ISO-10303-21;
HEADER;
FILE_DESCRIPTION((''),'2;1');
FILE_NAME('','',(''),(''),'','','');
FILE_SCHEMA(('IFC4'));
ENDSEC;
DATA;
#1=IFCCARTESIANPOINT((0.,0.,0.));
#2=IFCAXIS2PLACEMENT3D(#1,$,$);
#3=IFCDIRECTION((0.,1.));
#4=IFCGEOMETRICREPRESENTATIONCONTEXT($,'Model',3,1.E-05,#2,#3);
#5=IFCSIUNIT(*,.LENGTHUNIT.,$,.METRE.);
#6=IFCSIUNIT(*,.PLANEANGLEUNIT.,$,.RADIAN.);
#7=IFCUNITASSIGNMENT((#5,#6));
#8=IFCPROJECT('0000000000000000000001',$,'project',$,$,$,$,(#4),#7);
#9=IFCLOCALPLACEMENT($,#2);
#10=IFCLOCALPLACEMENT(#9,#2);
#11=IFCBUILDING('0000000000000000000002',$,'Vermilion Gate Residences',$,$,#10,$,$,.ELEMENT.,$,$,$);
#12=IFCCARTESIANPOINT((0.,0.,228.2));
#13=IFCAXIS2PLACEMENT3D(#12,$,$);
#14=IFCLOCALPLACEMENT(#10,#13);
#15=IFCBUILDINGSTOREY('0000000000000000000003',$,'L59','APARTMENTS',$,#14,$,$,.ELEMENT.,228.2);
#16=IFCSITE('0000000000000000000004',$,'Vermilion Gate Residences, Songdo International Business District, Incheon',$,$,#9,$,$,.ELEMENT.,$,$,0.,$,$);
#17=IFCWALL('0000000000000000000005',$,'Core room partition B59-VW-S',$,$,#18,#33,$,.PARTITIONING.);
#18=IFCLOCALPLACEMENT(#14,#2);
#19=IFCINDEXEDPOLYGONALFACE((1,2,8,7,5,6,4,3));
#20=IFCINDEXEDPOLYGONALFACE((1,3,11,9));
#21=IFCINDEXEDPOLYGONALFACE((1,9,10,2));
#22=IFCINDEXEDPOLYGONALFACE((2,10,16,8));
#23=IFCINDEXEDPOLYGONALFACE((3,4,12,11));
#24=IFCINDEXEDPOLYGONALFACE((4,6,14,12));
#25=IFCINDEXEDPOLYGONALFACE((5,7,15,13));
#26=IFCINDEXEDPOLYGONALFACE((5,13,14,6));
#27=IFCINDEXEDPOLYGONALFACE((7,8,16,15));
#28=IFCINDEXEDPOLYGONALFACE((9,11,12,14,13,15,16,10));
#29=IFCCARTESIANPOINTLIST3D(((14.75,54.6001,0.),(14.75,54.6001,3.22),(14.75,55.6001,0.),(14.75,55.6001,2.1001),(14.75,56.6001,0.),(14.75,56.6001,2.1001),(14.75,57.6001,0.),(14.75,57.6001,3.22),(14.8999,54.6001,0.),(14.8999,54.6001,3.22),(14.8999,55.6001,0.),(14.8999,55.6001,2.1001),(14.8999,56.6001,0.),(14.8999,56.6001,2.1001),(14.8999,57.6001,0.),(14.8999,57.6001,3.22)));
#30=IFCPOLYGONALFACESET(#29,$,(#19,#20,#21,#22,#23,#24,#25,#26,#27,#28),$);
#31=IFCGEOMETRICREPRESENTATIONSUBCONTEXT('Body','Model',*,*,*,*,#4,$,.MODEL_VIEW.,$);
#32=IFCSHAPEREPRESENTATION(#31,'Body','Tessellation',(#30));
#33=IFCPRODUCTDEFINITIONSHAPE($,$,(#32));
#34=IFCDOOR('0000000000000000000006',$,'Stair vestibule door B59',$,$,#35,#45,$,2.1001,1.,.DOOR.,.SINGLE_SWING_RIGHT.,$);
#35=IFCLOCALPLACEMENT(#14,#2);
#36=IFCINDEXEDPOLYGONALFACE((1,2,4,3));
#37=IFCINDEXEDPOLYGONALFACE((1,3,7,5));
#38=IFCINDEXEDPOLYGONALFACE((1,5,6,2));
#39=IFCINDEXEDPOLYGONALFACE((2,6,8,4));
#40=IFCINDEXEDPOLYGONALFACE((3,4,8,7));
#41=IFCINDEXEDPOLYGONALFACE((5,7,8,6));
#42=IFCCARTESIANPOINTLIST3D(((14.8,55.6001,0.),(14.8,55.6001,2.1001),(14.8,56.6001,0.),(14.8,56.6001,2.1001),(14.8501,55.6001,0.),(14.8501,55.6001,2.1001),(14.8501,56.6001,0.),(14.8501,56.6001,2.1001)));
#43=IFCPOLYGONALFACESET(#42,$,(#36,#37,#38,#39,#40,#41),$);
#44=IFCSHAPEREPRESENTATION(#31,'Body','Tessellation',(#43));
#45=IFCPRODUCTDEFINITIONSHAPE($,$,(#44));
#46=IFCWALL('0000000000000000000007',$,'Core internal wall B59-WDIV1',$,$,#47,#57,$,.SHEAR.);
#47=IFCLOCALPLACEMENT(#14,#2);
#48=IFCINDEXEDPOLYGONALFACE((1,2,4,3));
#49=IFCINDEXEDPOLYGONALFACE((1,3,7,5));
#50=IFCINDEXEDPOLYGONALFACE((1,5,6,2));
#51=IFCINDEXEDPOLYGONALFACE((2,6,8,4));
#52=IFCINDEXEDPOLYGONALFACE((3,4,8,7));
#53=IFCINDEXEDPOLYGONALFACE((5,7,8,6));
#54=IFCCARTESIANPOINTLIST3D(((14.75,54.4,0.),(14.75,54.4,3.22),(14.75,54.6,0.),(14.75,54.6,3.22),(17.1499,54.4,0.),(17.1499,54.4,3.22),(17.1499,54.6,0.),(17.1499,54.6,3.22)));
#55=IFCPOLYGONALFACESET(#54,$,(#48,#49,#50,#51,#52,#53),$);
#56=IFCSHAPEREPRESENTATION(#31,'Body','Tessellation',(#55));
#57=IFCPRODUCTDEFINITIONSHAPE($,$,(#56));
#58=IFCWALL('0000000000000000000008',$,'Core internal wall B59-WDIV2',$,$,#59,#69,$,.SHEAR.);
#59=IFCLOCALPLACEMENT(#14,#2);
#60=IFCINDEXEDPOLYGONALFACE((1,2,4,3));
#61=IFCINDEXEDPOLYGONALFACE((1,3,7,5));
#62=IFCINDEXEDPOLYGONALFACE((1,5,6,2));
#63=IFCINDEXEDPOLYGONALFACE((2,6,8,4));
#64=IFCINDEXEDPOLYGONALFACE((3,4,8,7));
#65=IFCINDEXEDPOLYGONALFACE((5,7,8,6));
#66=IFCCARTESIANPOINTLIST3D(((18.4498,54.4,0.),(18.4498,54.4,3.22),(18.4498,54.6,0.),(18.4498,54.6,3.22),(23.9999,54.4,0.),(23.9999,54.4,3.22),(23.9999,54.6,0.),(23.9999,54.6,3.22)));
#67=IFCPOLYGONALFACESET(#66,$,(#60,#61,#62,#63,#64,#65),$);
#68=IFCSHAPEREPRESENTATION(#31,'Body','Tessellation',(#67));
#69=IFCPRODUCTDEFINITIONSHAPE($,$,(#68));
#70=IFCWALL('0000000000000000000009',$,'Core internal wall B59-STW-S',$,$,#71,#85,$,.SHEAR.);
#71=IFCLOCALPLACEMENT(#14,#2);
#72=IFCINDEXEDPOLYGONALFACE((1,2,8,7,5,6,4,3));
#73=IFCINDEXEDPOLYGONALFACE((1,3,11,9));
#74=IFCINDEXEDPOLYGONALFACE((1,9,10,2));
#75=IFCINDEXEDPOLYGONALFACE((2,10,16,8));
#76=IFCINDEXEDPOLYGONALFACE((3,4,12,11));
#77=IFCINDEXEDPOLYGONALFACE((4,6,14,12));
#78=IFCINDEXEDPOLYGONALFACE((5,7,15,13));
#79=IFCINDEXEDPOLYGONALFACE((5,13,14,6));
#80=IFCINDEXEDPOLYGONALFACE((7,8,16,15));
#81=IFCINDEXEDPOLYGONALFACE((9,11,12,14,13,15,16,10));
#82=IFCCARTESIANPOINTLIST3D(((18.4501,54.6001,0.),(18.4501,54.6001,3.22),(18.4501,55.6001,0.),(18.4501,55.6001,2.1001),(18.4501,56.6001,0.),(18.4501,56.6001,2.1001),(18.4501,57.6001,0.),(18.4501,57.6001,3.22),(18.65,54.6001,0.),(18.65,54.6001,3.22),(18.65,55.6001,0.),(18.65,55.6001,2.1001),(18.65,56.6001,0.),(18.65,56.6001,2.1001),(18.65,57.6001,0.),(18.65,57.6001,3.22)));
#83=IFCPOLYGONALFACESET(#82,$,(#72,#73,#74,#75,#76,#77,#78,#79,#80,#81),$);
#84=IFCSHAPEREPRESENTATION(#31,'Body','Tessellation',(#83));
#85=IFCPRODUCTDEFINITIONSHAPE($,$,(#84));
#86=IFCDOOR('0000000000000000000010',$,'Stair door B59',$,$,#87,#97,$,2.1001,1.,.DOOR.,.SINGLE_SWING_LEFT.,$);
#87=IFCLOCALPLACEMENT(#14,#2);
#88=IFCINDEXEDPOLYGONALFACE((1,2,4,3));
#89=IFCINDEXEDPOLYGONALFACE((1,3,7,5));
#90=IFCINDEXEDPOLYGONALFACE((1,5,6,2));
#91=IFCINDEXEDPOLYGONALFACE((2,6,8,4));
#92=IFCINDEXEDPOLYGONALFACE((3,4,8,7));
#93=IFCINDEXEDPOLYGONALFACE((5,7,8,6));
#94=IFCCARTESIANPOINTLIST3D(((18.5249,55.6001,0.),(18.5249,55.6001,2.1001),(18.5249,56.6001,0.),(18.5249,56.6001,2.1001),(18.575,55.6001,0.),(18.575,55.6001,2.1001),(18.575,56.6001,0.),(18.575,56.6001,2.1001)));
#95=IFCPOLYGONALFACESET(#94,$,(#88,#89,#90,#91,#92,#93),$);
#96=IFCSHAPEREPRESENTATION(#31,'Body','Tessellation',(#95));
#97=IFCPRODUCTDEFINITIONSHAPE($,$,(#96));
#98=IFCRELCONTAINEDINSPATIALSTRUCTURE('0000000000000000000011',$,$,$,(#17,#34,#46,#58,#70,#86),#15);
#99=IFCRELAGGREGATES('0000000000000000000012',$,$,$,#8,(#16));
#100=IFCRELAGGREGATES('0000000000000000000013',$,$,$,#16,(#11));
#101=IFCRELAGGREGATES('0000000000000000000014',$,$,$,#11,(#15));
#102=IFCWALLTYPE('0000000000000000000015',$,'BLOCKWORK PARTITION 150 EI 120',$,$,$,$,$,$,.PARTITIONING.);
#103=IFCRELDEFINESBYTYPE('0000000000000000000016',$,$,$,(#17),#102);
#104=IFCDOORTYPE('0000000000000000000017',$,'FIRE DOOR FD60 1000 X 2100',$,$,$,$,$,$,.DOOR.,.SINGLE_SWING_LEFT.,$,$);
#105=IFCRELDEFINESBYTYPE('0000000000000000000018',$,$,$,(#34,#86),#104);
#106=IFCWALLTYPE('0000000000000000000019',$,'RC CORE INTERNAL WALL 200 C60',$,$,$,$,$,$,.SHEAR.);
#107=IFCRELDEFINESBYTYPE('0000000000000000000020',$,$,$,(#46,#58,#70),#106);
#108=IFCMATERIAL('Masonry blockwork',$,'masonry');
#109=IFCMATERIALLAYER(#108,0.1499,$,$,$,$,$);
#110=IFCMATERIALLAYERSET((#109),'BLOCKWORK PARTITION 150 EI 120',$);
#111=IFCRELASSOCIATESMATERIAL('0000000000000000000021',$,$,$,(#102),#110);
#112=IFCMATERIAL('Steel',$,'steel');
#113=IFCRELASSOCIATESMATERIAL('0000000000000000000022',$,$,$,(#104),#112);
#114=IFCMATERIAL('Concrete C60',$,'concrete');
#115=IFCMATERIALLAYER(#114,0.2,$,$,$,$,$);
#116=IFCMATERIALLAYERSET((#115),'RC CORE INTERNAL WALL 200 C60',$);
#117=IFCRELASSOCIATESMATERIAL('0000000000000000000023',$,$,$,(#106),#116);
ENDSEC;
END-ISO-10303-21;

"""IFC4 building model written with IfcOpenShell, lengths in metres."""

from ifc_helpers import new_model, si_unit, direction, frame, frame_2d, origin, place, context, subcontext, project, spatial, rectangle, extrude, material, layer, layer_set, type_object, element, fill, save


model = new_model("IFC4")

# Units and contexts
model_context = context("Model", 3, precision=1e-05, world=origin(), true_north=direction((0.0, 1.0)))
body_context = subcontext(model_context, "Body", "Model", "MODEL_VIEW")
ifc_project = project(units=[si_unit("LENGTHUNIT", "METRE"), si_unit("PLANEANGLEUNIT", "RADIAN")], contexts=[model_context])

# Site, building, storey
site_placement = place(None, origin())
site = spatial("IfcSite", under=ifc_project, at=site_placement, Name="Vermilion Gate Residences, Songdo International Business District, Incheon", CompositionType="ELEMENT", RefElevation=0.0)
building_placement = place(site_placement, origin())
building = spatial("IfcBuilding", under=site, at=building_placement, Name="Vermilion Gate Residences", CompositionType="ELEMENT")
storey_placement = place(building_placement, frame((0.0, 0.0, 228.2)))
storey = spatial("IfcBuildingStorey", under=building, at=storey_placement, Name="L59", Description="APARTMENTS", CompositionType="ELEMENT", Elevation=228.2)

# Wall, opening, door
ifc_material_1 = material(Name="Masonry blockwork", Category="masonry")
ifc_layer_1 = layer(ifc_material_1, 0.1499)
ifc_layer_set_1 = layer_set([ifc_layer_1], Name="BLOCKWORK PARTITION 150 EI 120")
wall_type_1 = type_object("IfcWallType", Name="BLOCKWORK PARTITION 150 EI 120", PredefinedType="PARTITIONING", material=ifc_layer_set_1)
wall_1_placement = place(storey_placement, frame((14.825, 57.6001, 0.0), z_axis=(0.0, 0.0, 1.0), x_axis=(0.0, -1.0, 0.0)))
wall_1 = element("IfcWall", 1, at=wall_1_placement, inside=storey, type_object=wall_type_1, Name="Core room partition B59-VW-S", PredefinedType="PARTITIONING", context=body_context, shape_type="SweptSolid", body=[
    extrude(rectangle(XDim=3.0, YDim=0.1499, at=frame_2d((1.5, 0.0))), origin(), (0.0, 0.0, 1.0), 3.22),
])
opening_1_placement = place(wall_1_placement, frame((1.0, 0.0, 0.0)))
opening_1 = element("IfcOpeningElement", 2, at=opening_1_placement, cuts=wall_1, PredefinedType="OPENING", context=body_context, shape_type="SweptSolid", body=[
    extrude(rectangle(XDim=1.0, YDim=2.1001, at=frame_2d((0.5, 1.05))), frame((0.0, 0.085, 0.0), z_axis=(0.0, -1.0, 0.0), x_axis=(1.0, 0.0, 0.0)), (0.0, 0.0, 1.0), 0.1699),
])
ifc_material_2 = material(Name="Steel", Category="steel")
door_type = type_object("IfcDoorType", Name="FIRE DOOR FD60 1000 X 2100", OperationType="SINGLE_SWING_LEFT", PredefinedType="DOOR", material=ifc_material_2)
door_1_placement = place(opening_1_placement, frame((1.0, 0.0, 0.0), z_axis=(0.0, 0.0, 1.0), x_axis=(-1.0, 0.0, 0.0)))
door_1 = element("IfcDoor", 3, at=door_1_placement, inside=storey, type_object=door_type, Name="Stair vestibule door B59", OperationType="SINGLE_SWING_RIGHT", OverallHeight=2.1001, OverallWidth=1.0, PredefinedType="DOOR", context=body_context, shape_type="SweptSolid", body=[
    extrude(rectangle(XDim=1.0, YDim=2.1001, at=frame_2d((0.5, 1.05))), frame((0.0, 0.0249, 0.0), z_axis=(0.0, -1.0, 0.0), x_axis=(1.0, 0.0, 0.0)), (0.0, 0.0, 1.0), 0.05),
])
fill(opening_1, door_1)

# Walls
ifc_material_3 = material(Name="Concrete C60", Category="concrete")
ifc_layer_2 = layer(ifc_material_3, 0.2)
ifc_layer_set_2 = layer_set([ifc_layer_2], Name="RC CORE INTERNAL WALL 200 C60")
wall_type_2 = type_object("IfcWallType", Name="RC CORE INTERNAL WALL 200 C60", PredefinedType="SHEAR", material=ifc_layer_set_2)
wall_2_placement = place(storey_placement, frame((14.75, 54.5, 0.0), z_axis=(0.0, 0.0, 1.0), x_axis=(1.0, 0.0, 0.0)))
element("IfcWall", 4, at=wall_2_placement, inside=storey, type_object=wall_type_2, Name="Core internal wall B59-WDIV1", PredefinedType="SHEAR", context=body_context, shape_type="SweptSolid", body=[
    extrude(rectangle(XDim=2.3999, YDim=0.2, at=frame_2d((1.2, 0.0))), origin(), (0.0, 0.0, 1.0), 3.22),
])
wall_3_placement = place(storey_placement, frame((18.45, 54.5, 0.0), z_axis=(0.0, 0.0, 1.0), x_axis=(1.0, 0.0, 0.0)))
element("IfcWall", 5, at=wall_3_placement, inside=storey, type_object=wall_type_2, Name="Core internal wall B59-WDIV2", PredefinedType="SHEAR", context=body_context, shape_type="SweptSolid", body=[
    extrude(rectangle(XDim=5.55, YDim=0.2, at=frame_2d((2.7749, 0.0))), origin(), (0.0, 0.0, 1.0), 3.22),
])

# Wall, opening, door
wall_4_placement = place(storey_placement, frame((18.55, 57.6001, 0.0), z_axis=(0.0, 0.0, 1.0), x_axis=(0.0, -1.0, 0.0)))
wall_4 = element("IfcWall", 6, at=wall_4_placement, inside=storey, type_object=wall_type_2, Name="Core internal wall B59-STW-S", PredefinedType="SHEAR", context=body_context, shape_type="SweptSolid", body=[
    extrude(rectangle(XDim=3.0, YDim=0.2, at=frame_2d((1.5, 0.0))), origin(), (0.0, 0.0, 1.0), 3.22),
])
opening_2_placement = place(wall_4_placement, frame((1.0, 0.0, 0.0)))
opening_2 = element("IfcOpeningElement", 7, at=opening_2_placement, cuts=wall_4, PredefinedType="OPENING", context=body_context, shape_type="SweptSolid", body=[
    extrude(rectangle(XDim=1.0, YDim=2.1001, at=frame_2d((0.5, 1.05))), frame((0.0, 0.1099, 0.0), z_axis=(0.0, -1.0, 0.0), x_axis=(1.0, 0.0, 0.0)), (0.0, 0.0, 1.0), 0.22),
])
door_2_placement = place(opening_2_placement, origin())
door_2 = element("IfcDoor", 8, at=door_2_placement, inside=storey, type_object=door_type, Name="Stair door B59", OperationType="SINGLE_SWING_LEFT", OverallHeight=2.1001, OverallWidth=1.0, PredefinedType="DOOR", context=body_context, shape_type="SweptSolid", body=[
    extrude(rectangle(XDim=1.0, YDim=2.1001, at=frame_2d((0.5, 1.05))), frame((0.0, 0.0249, 0.0), z_axis=(0.0, -1.0, 0.0), x_axis=(1.0, 0.0, 0.0)), (0.0, 0.0, 1.0), 0.05),
])
fill(opening_2, door_2)

save(model, "model.ifc")
